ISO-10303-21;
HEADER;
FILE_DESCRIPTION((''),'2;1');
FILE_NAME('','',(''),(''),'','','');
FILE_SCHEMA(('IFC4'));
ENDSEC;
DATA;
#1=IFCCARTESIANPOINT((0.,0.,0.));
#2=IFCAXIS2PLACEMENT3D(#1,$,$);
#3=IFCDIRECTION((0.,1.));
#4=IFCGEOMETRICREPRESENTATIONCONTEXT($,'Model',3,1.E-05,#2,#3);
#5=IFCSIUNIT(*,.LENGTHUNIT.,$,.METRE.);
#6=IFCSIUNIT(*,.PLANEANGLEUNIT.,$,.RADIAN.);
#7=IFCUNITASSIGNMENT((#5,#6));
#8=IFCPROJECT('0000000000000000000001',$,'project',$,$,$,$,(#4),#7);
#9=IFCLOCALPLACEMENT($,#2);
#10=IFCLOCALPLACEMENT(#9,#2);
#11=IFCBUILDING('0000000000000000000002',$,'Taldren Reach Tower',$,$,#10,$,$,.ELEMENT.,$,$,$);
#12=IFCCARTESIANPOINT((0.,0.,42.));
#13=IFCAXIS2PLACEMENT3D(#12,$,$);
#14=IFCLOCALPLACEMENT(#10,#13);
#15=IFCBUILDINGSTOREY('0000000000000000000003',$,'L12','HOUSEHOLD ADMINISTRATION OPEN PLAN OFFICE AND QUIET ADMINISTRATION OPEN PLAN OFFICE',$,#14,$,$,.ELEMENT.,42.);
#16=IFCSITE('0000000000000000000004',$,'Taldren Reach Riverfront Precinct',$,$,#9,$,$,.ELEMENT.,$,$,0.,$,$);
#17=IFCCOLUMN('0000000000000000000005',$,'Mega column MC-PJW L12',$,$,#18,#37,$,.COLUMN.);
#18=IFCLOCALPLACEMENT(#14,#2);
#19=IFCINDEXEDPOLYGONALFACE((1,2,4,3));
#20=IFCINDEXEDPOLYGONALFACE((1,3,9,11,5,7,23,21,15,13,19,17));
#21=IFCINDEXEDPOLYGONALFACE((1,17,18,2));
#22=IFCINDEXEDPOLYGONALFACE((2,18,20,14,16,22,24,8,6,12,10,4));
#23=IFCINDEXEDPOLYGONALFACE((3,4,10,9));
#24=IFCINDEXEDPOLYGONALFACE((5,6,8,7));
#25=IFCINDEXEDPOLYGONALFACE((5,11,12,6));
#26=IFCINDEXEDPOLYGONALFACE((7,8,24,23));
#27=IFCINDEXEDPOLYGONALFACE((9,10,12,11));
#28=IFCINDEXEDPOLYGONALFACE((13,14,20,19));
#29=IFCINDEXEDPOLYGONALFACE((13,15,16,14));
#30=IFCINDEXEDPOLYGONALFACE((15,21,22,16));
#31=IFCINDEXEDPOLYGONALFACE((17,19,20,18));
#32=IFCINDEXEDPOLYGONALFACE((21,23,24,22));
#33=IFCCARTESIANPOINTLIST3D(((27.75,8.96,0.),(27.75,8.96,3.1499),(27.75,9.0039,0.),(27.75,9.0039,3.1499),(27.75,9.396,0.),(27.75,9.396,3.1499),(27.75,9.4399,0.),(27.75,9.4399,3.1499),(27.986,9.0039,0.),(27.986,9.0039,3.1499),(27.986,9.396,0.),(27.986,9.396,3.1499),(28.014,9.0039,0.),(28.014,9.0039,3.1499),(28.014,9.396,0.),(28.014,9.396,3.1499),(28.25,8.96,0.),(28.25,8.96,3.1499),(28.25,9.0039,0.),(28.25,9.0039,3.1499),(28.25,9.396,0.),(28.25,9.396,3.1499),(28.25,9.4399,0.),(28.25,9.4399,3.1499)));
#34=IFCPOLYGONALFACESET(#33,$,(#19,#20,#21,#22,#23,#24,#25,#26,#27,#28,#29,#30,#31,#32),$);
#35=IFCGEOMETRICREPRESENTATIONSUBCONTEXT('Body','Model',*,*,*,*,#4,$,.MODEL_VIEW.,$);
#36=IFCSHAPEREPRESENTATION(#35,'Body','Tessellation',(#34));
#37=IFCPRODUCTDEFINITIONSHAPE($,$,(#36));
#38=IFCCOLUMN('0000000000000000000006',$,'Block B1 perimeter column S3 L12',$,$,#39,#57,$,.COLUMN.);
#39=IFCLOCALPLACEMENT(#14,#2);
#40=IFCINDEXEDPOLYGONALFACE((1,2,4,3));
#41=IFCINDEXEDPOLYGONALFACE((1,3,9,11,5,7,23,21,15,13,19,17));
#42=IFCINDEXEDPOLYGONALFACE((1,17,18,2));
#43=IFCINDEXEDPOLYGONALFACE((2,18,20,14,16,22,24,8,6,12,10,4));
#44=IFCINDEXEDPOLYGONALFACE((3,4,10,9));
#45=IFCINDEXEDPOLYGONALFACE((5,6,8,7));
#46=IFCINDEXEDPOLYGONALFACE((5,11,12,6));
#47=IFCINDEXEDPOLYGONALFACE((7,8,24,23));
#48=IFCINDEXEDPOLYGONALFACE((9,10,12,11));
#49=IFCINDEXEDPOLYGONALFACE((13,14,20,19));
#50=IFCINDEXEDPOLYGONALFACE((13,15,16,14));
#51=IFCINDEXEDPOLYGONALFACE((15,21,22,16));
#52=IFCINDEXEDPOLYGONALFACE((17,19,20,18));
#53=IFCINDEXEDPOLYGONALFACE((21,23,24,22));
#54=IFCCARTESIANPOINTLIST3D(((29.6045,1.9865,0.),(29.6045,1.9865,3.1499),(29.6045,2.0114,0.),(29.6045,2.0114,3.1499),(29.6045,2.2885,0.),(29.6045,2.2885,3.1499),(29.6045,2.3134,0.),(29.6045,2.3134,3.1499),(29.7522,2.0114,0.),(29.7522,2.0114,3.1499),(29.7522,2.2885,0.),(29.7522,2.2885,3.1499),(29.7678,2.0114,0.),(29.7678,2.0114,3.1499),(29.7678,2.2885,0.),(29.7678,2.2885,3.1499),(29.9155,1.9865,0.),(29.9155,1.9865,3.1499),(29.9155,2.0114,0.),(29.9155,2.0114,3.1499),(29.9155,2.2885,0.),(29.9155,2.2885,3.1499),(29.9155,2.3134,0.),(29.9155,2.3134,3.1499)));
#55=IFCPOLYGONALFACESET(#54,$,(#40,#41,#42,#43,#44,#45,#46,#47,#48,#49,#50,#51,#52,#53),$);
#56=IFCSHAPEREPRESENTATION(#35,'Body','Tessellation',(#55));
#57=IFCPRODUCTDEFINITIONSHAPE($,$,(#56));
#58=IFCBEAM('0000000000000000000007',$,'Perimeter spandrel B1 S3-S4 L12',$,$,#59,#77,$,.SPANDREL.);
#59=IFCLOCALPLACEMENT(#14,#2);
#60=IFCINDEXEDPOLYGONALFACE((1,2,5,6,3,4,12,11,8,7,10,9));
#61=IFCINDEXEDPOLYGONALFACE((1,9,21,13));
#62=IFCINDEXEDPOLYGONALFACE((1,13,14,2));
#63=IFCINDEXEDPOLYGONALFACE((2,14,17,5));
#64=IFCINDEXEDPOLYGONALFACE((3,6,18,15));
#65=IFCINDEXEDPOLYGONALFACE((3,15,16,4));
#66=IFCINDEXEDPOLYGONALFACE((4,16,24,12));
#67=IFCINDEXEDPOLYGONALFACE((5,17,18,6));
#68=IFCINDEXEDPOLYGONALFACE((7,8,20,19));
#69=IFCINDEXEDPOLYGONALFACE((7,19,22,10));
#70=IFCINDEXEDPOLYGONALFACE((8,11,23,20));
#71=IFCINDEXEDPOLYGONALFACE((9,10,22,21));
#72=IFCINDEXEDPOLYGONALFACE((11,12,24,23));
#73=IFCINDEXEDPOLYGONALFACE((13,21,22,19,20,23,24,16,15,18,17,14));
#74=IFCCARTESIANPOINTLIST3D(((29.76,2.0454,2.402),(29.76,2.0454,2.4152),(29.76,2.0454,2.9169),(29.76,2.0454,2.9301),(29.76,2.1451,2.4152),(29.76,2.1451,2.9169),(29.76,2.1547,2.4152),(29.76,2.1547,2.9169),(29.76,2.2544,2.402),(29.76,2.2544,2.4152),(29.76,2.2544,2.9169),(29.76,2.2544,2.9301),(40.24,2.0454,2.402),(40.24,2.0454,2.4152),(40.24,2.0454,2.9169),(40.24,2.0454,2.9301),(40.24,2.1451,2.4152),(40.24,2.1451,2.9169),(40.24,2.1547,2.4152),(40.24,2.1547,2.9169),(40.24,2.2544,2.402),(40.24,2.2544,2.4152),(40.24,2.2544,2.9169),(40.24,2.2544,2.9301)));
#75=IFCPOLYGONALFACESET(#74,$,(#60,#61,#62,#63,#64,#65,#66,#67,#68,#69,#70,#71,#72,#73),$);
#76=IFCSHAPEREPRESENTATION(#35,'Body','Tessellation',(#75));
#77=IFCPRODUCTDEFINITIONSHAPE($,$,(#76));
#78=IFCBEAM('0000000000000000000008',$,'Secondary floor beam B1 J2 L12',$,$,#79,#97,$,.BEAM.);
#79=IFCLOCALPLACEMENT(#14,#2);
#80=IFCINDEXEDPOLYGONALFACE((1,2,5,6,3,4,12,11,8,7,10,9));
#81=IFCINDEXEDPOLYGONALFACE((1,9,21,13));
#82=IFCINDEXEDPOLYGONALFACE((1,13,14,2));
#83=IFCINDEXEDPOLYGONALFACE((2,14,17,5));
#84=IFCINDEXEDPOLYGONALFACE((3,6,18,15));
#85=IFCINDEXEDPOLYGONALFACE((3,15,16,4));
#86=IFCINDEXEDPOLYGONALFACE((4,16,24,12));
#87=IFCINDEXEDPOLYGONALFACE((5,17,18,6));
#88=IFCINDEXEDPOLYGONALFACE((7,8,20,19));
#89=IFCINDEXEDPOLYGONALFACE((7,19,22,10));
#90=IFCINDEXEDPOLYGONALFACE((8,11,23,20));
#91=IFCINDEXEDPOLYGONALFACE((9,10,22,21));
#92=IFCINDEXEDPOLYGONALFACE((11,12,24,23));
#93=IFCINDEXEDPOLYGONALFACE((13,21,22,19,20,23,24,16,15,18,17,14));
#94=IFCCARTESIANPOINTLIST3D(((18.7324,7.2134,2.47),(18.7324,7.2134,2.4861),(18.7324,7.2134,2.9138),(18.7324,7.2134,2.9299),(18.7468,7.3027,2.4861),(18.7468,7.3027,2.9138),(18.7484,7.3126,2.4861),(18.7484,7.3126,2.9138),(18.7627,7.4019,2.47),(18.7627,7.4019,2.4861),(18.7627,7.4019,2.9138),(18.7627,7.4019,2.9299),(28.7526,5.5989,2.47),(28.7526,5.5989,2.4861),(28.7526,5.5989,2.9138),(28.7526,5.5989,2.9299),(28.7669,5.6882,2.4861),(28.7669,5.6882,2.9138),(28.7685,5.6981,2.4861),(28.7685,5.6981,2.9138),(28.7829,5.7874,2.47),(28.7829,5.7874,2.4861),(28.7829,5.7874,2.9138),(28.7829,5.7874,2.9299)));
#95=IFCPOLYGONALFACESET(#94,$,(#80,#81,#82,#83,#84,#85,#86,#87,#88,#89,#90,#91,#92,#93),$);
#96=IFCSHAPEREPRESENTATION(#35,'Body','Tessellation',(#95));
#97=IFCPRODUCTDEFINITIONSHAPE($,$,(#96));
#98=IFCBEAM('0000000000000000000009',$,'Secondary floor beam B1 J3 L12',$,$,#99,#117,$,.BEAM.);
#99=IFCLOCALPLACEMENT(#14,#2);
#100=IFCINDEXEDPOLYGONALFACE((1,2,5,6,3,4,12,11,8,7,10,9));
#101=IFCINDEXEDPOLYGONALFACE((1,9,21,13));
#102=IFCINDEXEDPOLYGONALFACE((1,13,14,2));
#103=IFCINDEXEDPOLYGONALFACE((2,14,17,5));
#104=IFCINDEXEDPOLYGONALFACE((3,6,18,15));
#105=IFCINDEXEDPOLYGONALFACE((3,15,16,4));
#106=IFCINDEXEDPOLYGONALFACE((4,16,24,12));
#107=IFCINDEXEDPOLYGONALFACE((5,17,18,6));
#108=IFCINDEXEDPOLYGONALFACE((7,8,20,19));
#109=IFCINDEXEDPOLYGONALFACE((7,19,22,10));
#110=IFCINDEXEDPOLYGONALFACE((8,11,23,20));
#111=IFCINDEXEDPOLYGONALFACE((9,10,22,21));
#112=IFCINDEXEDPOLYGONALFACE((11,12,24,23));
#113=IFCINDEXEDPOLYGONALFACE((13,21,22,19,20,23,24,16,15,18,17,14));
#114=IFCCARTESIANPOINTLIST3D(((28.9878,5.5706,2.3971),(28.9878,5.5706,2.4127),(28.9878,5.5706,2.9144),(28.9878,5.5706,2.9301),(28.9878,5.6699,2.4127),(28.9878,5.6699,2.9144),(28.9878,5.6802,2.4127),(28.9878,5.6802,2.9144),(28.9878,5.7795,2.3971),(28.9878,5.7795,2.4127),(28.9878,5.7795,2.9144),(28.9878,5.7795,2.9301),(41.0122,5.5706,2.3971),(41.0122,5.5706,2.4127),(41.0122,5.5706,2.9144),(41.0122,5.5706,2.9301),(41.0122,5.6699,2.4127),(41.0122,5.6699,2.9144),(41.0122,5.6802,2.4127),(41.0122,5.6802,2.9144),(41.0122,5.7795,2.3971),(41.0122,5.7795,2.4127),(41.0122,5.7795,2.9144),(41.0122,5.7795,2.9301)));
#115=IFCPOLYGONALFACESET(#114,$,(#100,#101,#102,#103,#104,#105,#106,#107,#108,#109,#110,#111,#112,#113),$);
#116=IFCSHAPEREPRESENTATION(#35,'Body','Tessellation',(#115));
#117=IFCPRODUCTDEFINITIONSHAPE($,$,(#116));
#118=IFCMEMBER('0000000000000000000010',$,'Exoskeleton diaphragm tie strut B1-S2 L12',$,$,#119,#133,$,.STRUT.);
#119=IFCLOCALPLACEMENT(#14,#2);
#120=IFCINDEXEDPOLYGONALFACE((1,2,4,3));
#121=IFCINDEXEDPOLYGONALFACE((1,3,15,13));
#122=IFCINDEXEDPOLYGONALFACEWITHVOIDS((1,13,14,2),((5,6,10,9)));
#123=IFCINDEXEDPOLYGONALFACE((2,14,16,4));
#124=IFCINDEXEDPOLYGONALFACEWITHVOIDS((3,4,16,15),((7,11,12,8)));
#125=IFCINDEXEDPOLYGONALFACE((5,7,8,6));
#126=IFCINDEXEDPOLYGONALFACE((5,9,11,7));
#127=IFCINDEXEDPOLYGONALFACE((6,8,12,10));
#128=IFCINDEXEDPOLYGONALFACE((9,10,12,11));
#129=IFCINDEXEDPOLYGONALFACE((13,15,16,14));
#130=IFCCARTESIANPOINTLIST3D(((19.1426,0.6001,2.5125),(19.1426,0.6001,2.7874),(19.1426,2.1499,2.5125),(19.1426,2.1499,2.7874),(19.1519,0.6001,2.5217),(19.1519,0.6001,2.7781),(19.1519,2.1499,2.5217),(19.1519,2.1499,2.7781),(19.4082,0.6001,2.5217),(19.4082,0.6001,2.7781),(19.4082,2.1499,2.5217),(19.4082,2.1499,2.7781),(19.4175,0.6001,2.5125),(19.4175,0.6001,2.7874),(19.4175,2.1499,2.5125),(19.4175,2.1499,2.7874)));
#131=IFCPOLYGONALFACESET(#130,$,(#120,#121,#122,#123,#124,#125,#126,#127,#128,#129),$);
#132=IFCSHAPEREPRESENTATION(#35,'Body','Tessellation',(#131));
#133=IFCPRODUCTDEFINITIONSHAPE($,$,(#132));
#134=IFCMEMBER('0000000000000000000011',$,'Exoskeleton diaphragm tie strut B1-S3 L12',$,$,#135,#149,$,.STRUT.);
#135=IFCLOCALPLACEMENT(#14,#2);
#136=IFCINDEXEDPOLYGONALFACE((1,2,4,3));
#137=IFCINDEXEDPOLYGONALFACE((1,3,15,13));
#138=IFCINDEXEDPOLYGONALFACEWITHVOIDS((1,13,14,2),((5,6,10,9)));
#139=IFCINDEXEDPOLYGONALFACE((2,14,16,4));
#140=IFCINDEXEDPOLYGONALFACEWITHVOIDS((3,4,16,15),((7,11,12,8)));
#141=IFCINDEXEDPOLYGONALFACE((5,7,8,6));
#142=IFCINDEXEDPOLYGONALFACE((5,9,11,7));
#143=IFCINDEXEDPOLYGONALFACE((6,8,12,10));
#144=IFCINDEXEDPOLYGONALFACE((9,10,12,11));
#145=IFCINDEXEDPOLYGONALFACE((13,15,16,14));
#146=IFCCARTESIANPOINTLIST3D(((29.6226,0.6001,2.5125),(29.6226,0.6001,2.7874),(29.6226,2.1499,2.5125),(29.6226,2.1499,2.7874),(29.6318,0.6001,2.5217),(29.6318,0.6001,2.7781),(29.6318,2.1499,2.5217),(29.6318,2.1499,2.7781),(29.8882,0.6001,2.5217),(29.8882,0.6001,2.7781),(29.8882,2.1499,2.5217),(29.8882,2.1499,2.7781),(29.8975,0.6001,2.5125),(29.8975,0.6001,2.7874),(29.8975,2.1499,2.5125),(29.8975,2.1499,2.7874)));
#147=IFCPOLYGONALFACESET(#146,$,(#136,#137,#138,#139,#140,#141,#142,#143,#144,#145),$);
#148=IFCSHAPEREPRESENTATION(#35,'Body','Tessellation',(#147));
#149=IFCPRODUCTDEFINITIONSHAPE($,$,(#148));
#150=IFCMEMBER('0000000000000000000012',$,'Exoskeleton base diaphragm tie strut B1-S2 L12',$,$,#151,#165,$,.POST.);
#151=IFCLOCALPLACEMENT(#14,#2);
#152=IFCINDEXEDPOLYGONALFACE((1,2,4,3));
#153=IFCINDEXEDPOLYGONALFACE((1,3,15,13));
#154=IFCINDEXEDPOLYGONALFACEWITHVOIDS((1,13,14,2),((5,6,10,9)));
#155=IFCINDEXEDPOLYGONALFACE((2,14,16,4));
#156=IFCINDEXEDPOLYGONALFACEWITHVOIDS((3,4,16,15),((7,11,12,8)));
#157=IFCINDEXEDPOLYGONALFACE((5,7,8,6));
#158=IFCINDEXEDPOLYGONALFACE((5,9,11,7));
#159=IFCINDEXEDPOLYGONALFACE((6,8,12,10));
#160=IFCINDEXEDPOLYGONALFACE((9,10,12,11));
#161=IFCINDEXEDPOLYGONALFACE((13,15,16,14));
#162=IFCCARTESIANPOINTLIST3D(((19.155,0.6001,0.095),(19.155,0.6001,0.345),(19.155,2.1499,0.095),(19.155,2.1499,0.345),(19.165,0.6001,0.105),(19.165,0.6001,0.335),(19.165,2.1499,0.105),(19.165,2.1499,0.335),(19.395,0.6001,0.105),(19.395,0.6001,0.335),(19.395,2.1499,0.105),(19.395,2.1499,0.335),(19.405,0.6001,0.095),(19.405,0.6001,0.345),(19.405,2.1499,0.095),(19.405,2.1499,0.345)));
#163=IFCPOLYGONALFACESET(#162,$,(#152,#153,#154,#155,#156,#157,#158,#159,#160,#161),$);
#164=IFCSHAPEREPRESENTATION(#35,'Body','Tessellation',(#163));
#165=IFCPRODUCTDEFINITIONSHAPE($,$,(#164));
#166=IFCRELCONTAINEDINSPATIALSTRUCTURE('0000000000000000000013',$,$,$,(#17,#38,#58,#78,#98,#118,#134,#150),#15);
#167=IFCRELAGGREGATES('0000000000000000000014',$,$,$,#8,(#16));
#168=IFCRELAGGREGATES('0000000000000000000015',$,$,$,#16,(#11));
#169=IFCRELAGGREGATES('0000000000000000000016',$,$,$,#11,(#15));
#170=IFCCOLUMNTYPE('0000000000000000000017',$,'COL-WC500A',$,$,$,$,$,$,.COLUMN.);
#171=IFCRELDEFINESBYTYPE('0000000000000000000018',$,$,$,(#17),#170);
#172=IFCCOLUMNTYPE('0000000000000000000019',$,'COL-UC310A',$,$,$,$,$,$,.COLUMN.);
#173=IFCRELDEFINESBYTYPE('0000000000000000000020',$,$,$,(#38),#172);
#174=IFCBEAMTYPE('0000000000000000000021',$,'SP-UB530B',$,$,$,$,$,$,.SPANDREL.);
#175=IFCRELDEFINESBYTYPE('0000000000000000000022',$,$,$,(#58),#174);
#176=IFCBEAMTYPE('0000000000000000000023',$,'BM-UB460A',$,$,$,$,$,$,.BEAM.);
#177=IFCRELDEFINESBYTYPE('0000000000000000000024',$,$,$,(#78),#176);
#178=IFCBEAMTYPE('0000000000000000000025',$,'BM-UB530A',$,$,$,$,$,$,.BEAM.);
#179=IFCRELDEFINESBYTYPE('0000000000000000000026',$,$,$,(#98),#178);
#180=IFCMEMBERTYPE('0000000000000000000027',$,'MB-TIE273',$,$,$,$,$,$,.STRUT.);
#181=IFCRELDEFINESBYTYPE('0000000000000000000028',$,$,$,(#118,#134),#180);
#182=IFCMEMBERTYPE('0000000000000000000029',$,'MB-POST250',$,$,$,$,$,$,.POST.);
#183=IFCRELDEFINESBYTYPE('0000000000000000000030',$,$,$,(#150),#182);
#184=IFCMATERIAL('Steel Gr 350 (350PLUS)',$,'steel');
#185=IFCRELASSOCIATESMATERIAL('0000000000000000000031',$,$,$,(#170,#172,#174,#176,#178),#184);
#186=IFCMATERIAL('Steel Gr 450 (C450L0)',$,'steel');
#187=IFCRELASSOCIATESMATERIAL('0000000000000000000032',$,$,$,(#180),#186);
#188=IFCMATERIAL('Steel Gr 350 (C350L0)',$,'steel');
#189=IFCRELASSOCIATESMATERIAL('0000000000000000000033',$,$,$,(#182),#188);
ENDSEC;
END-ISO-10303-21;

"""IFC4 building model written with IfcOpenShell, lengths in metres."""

from ifc_helpers import new_model, si_unit, direction, frame, origin, origin_2d, place, context, subcontext, project, spatial, hollow_rectangle, i_section, extrude, source, transform, mapped, material, material_profile, profile_set, type_object, element, save


model = new_model("IFC4")

# Units and contexts
model_context = context("Model", 3, precision=1e-05, world=origin(), true_north=direction((0.0, 1.0)))
body_context = subcontext(model_context, "Body", "Model", "MODEL_VIEW")
ifc_project = project(units=[si_unit("LENGTHUNIT", "METRE"), si_unit("PLANEANGLEUNIT", "RADIAN")], contexts=[model_context])

# Site, building, storey
site_placement = place(None, origin())
site = spatial("IfcSite", under=ifc_project, at=site_placement, Name="Taldren Reach Riverfront Precinct", CompositionType="ELEMENT", RefElevation=0.0)
building_placement = place(site_placement, origin())
building = spatial("IfcBuilding", under=site, at=building_placement, Name="Taldren Reach Tower", CompositionType="ELEMENT")
storey_placement = place(building_placement, frame((0.0, 0.0, 42.0)))
storey = spatial("IfcBuildingStorey", under=building, at=storey_placement, Name="L12", Description="HOUSEHOLD ADMINISTRATION OPEN PLAN OFFICE AND QUIET ADMINISTRATION OPEN PLAN OFFICE", CompositionType="ELEMENT", Elevation=42.0)

# Columns
ifc_material_1 = material(Name="Steel Gr 350 (350PLUS)", Category="steel")
ifc_material_profile_1 = material_profile(ifc_material_1, i_section(OverallWidth=0.5, OverallDepth=0.48, WebThickness=0.0281, FlangeThickness=0.0439, at=origin_2d()), Name="500WC440")
ifc_profile_set_1 = profile_set([ifc_material_profile_1], Name="Steel Gr 350 (350PLUS)")
column_type_1 = type_object("IfcColumnType", Name="COL-WC500A", PredefinedType="COLUMN", material=ifc_profile_set_1)
shared_shape_1 = source(origin(), body_context, "Body", "SweptSolid", [
    extrude(i_section(OverallWidth=0.5, OverallDepth=0.48, WebThickness=0.0281, FlangeThickness=0.0439, at=origin_2d()), origin(), (0.0, 0.0, 1.0), 3.1499),
])
column_1_placement = place(storey_placement, frame((28.0, 9.2, 0.0), z_axis=(0.0, 0.0, 1.0), x_axis=(1.0, 0.0, 0.0)))
element("IfcColumn", 1, at=column_1_placement, inside=storey, type_object=column_type_1, Name="Mega column MC-PJW L12", PredefinedType="COLUMN", context=body_context, shape_type="MappedRepresentation", body=[
    mapped(shared_shape_1, transform((0.0, 0.0, 0.0), scale=1.0)),
])
ifc_material_profile_2 = material_profile(ifc_material_1, i_section(OverallWidth=0.311, OverallDepth=0.3269, WebThickness=0.0156, FlangeThickness=0.0249, at=origin_2d()), Name="310UC158")
ifc_profile_set_2 = profile_set([ifc_material_profile_2], Name="Steel Gr 350 (350PLUS)")
column_type_2 = type_object("IfcColumnType", Name="COL-UC310A", PredefinedType="COLUMN", material=ifc_profile_set_2)
shared_shape_2 = source(origin(), body_context, "Body", "SweptSolid", [
    extrude(i_section(OverallWidth=0.311, OverallDepth=0.3269, WebThickness=0.0156, FlangeThickness=0.0249, at=origin_2d()), origin(), (0.0, 0.0, 1.0), 3.1499),
])
column_2_placement = place(storey_placement, frame((29.76, 2.1499, 0.0), z_axis=(0.0, 0.0, 1.0), x_axis=(1.0, 0.0, 0.0)))
element("IfcColumn", 2, at=column_2_placement, inside=storey, type_object=column_type_2, Name="Block B1 perimeter column S3 L12", PredefinedType="COLUMN", context=body_context, shape_type="MappedRepresentation", body=[
    mapped(shared_shape_2, transform((0.0, 0.0, 0.0), scale=1.0)),
])

# Beams
ifc_material_profile_3 = material_profile(ifc_material_1, i_section(OverallWidth=0.209, OverallDepth=0.5281, WebThickness=0.0095, FlangeThickness=0.0132, at=origin_2d()), Name="530UB82.0")
ifc_profile_set_3 = profile_set([ifc_material_profile_3], Name="Steel Gr 350 (350PLUS)")
beam_type_1 = type_object("IfcBeamType", Name="SP-UB530B", PredefinedType="SPANDREL", material=ifc_profile_set_3)
shared_shape_3 = source(origin(), body_context, "Body", "SweptSolid", [
    extrude(i_section(OverallWidth=0.209, OverallDepth=0.5281, WebThickness=0.0095, FlangeThickness=0.0132, at=origin_2d()), origin(), (0.0, 0.0, 1.0), 10.48),
])
beam_1_placement = place(storey_placement, frame((29.76, 2.1499, 2.666), z_axis=(1.0, 0.0, 0.0), x_axis=(0.0, 1.0, 0.0)))
element("IfcBeam", 3, at=beam_1_placement, inside=storey, type_object=beam_type_1, Name="Perimeter spandrel B1 S3-S4 L12", PredefinedType="SPANDREL", context=body_context, shape_type="MappedRepresentation", body=[
    mapped(shared_shape_3, transform((0.0, 0.0, 0.0), scale=1.0)),
])
ifc_material_profile_4 = material_profile(ifc_material_1, i_section(OverallWidth=0.1909, OverallDepth=0.46, WebThickness=0.01, FlangeThickness=0.0161, at=origin_2d()), Name="460UB82.1")
ifc_profile_set_4 = profile_set([ifc_material_profile_4], Name="Steel Gr 350 (350PLUS)")
beam_type_2 = type_object("IfcBeamType", Name="BM-UB460A", PredefinedType="BEAM", material=ifc_profile_set_4)
shared_shape_4 = source(origin(), body_context, "Body", "SweptSolid", [
    extrude(i_section(OverallWidth=0.1909, OverallDepth=0.46, WebThickness=0.01, FlangeThickness=0.0161, at=origin_2d()), origin(), (0.0, 0.0, 1.0), 10.1494),
])
beam_2_placement = place(storey_placement, frame((18.7476, 7.3076, 2.7), z_axis=(0.987267, -0.159072, 0.0), x_axis=(0.159072, 0.987267, 0.0)))
element("IfcBeam", 4, at=beam_2_placement, inside=storey, type_object=beam_type_2, Name="Secondary floor beam B1 J2 L12", PredefinedType="BEAM", context=body_context, shape_type="MappedRepresentation", body=[
    mapped(shared_shape_4, transform((0.0, 0.0, 0.0), scale=1.0)),
])
ifc_material_profile_5 = material_profile(ifc_material_1, i_section(OverallWidth=0.209, OverallDepth=0.533, WebThickness=0.0103, FlangeThickness=0.0156, at=origin_2d()), Name="530UB92.4")
ifc_profile_set_5 = profile_set([ifc_material_profile_5], Name="Steel Gr 350 (350PLUS)")
beam_type_3 = type_object("IfcBeamType", Name="BM-UB530A", PredefinedType="BEAM", material=ifc_profile_set_5)
shared_shape_5 = source(origin(), body_context, "Body", "SweptSolid", [
    extrude(i_section(OverallWidth=0.209, OverallDepth=0.533, WebThickness=0.0103, FlangeThickness=0.0156, at=origin_2d()), origin(), (0.0, 0.0, 1.0), 12.0244),
])
beam_3_placement = place(storey_placement, frame((28.9878, 5.675, 2.6636), z_axis=(1.0, 0.0, 0.0), x_axis=(0.0, 1.0, 0.0)))
element("IfcBeam", 5, at=beam_3_placement, inside=storey, type_object=beam_type_3, Name="Secondary floor beam B1 J3 L12", PredefinedType="BEAM", context=body_context, shape_type="MappedRepresentation", body=[
    mapped(shared_shape_5, transform((0.0, 0.0, 0.0), scale=1.0)),
])

# Members
ifc_material_2 = material(Name="Steel Gr 450 (C450L0)", Category="steel")
ifc_material_profile_6 = material_profile(ifc_material_2, hollow_rectangle(XDim=0.2749, YDim=0.2749, WallThickness=0.0093, at=origin_2d()), Name="275x275x9.3SHS")
ifc_profile_set_6 = profile_set([ifc_material_profile_6], Name="Steel Gr 450 (C450L0)")
member_type_1 = type_object("IfcMemberType", Name="MB-TIE273", PredefinedType="STRUT", material=ifc_profile_set_6)
shared_shape_6 = source(origin(), body_context, "Body", "SweptSolid", [
    extrude(hollow_rectangle(XDim=0.2749, YDim=0.2749, WallThickness=0.0093, at=origin_2d()), origin(), (0.0, 0.0, 1.0), 1.5498),
])
for number, where, z_axis, x_axis, name in (
    (6, (19.28, 2.1499, 2.6499), (0.0, -1.0, 0.0), (1.0, 0.0, 0.0), "Exoskeleton diaphragm tie strut B1-S2 L12"),
    (7, (29.76, 2.1499, 2.6499), (0.0, -1.0, 0.0), (1.0, 0.0, 0.0), "Exoskeleton diaphragm tie strut B1-S3 L12"),
):
    element("IfcMember", number, at=place(storey_placement, frame(where, z_axis=z_axis, x_axis=x_axis)), inside=storey, type_object=member_type_1, Name=name, PredefinedType="STRUT", context=body_context, shape_type="MappedRepresentation", body=[
        mapped(shared_shape_6, transform((0.0, 0.0, 0.0), scale=1.0)),
    ])
ifc_material_3 = material(Name="Steel Gr 350 (C350L0)", Category="steel")
ifc_material_profile_7 = material_profile(ifc_material_3, hollow_rectangle(XDim=0.25, YDim=0.25, WallThickness=0.01, at=origin_2d()), Name="250x250x10.0SHS")
ifc_profile_set_7 = profile_set([ifc_material_profile_7], Name="Steel Gr 350 (C350L0)")
member_type_2 = type_object("IfcMemberType", Name="MB-POST250", PredefinedType="POST", material=ifc_profile_set_7)
shared_shape_7 = source(origin(), body_context, "Body", "SweptSolid", [
    extrude(hollow_rectangle(XDim=0.25, YDim=0.25, WallThickness=0.01, at=origin_2d()), origin(), (0.0, 0.0, 1.0), 1.5498),
])
for number, where, z_axis, x_axis, name in (
    (8, (19.28, 2.1499, 0.22), (0.0, -1.0, 0.0), (1.0, 0.0, 0.0), "Exoskeleton base diaphragm tie strut B1-S2 L12"),
):
    element("IfcMember", number, at=place(storey_placement, frame(where, z_axis=z_axis, x_axis=x_axis)), inside=storey, type_object=member_type_2, Name=name, PredefinedType="POST", context=body_context, shape_type="MappedRepresentation", body=[
        mapped(shared_shape_7, transform((0.0, 0.0, 0.0), scale=1.0)),
    ])

save(model, "model.ifc")
